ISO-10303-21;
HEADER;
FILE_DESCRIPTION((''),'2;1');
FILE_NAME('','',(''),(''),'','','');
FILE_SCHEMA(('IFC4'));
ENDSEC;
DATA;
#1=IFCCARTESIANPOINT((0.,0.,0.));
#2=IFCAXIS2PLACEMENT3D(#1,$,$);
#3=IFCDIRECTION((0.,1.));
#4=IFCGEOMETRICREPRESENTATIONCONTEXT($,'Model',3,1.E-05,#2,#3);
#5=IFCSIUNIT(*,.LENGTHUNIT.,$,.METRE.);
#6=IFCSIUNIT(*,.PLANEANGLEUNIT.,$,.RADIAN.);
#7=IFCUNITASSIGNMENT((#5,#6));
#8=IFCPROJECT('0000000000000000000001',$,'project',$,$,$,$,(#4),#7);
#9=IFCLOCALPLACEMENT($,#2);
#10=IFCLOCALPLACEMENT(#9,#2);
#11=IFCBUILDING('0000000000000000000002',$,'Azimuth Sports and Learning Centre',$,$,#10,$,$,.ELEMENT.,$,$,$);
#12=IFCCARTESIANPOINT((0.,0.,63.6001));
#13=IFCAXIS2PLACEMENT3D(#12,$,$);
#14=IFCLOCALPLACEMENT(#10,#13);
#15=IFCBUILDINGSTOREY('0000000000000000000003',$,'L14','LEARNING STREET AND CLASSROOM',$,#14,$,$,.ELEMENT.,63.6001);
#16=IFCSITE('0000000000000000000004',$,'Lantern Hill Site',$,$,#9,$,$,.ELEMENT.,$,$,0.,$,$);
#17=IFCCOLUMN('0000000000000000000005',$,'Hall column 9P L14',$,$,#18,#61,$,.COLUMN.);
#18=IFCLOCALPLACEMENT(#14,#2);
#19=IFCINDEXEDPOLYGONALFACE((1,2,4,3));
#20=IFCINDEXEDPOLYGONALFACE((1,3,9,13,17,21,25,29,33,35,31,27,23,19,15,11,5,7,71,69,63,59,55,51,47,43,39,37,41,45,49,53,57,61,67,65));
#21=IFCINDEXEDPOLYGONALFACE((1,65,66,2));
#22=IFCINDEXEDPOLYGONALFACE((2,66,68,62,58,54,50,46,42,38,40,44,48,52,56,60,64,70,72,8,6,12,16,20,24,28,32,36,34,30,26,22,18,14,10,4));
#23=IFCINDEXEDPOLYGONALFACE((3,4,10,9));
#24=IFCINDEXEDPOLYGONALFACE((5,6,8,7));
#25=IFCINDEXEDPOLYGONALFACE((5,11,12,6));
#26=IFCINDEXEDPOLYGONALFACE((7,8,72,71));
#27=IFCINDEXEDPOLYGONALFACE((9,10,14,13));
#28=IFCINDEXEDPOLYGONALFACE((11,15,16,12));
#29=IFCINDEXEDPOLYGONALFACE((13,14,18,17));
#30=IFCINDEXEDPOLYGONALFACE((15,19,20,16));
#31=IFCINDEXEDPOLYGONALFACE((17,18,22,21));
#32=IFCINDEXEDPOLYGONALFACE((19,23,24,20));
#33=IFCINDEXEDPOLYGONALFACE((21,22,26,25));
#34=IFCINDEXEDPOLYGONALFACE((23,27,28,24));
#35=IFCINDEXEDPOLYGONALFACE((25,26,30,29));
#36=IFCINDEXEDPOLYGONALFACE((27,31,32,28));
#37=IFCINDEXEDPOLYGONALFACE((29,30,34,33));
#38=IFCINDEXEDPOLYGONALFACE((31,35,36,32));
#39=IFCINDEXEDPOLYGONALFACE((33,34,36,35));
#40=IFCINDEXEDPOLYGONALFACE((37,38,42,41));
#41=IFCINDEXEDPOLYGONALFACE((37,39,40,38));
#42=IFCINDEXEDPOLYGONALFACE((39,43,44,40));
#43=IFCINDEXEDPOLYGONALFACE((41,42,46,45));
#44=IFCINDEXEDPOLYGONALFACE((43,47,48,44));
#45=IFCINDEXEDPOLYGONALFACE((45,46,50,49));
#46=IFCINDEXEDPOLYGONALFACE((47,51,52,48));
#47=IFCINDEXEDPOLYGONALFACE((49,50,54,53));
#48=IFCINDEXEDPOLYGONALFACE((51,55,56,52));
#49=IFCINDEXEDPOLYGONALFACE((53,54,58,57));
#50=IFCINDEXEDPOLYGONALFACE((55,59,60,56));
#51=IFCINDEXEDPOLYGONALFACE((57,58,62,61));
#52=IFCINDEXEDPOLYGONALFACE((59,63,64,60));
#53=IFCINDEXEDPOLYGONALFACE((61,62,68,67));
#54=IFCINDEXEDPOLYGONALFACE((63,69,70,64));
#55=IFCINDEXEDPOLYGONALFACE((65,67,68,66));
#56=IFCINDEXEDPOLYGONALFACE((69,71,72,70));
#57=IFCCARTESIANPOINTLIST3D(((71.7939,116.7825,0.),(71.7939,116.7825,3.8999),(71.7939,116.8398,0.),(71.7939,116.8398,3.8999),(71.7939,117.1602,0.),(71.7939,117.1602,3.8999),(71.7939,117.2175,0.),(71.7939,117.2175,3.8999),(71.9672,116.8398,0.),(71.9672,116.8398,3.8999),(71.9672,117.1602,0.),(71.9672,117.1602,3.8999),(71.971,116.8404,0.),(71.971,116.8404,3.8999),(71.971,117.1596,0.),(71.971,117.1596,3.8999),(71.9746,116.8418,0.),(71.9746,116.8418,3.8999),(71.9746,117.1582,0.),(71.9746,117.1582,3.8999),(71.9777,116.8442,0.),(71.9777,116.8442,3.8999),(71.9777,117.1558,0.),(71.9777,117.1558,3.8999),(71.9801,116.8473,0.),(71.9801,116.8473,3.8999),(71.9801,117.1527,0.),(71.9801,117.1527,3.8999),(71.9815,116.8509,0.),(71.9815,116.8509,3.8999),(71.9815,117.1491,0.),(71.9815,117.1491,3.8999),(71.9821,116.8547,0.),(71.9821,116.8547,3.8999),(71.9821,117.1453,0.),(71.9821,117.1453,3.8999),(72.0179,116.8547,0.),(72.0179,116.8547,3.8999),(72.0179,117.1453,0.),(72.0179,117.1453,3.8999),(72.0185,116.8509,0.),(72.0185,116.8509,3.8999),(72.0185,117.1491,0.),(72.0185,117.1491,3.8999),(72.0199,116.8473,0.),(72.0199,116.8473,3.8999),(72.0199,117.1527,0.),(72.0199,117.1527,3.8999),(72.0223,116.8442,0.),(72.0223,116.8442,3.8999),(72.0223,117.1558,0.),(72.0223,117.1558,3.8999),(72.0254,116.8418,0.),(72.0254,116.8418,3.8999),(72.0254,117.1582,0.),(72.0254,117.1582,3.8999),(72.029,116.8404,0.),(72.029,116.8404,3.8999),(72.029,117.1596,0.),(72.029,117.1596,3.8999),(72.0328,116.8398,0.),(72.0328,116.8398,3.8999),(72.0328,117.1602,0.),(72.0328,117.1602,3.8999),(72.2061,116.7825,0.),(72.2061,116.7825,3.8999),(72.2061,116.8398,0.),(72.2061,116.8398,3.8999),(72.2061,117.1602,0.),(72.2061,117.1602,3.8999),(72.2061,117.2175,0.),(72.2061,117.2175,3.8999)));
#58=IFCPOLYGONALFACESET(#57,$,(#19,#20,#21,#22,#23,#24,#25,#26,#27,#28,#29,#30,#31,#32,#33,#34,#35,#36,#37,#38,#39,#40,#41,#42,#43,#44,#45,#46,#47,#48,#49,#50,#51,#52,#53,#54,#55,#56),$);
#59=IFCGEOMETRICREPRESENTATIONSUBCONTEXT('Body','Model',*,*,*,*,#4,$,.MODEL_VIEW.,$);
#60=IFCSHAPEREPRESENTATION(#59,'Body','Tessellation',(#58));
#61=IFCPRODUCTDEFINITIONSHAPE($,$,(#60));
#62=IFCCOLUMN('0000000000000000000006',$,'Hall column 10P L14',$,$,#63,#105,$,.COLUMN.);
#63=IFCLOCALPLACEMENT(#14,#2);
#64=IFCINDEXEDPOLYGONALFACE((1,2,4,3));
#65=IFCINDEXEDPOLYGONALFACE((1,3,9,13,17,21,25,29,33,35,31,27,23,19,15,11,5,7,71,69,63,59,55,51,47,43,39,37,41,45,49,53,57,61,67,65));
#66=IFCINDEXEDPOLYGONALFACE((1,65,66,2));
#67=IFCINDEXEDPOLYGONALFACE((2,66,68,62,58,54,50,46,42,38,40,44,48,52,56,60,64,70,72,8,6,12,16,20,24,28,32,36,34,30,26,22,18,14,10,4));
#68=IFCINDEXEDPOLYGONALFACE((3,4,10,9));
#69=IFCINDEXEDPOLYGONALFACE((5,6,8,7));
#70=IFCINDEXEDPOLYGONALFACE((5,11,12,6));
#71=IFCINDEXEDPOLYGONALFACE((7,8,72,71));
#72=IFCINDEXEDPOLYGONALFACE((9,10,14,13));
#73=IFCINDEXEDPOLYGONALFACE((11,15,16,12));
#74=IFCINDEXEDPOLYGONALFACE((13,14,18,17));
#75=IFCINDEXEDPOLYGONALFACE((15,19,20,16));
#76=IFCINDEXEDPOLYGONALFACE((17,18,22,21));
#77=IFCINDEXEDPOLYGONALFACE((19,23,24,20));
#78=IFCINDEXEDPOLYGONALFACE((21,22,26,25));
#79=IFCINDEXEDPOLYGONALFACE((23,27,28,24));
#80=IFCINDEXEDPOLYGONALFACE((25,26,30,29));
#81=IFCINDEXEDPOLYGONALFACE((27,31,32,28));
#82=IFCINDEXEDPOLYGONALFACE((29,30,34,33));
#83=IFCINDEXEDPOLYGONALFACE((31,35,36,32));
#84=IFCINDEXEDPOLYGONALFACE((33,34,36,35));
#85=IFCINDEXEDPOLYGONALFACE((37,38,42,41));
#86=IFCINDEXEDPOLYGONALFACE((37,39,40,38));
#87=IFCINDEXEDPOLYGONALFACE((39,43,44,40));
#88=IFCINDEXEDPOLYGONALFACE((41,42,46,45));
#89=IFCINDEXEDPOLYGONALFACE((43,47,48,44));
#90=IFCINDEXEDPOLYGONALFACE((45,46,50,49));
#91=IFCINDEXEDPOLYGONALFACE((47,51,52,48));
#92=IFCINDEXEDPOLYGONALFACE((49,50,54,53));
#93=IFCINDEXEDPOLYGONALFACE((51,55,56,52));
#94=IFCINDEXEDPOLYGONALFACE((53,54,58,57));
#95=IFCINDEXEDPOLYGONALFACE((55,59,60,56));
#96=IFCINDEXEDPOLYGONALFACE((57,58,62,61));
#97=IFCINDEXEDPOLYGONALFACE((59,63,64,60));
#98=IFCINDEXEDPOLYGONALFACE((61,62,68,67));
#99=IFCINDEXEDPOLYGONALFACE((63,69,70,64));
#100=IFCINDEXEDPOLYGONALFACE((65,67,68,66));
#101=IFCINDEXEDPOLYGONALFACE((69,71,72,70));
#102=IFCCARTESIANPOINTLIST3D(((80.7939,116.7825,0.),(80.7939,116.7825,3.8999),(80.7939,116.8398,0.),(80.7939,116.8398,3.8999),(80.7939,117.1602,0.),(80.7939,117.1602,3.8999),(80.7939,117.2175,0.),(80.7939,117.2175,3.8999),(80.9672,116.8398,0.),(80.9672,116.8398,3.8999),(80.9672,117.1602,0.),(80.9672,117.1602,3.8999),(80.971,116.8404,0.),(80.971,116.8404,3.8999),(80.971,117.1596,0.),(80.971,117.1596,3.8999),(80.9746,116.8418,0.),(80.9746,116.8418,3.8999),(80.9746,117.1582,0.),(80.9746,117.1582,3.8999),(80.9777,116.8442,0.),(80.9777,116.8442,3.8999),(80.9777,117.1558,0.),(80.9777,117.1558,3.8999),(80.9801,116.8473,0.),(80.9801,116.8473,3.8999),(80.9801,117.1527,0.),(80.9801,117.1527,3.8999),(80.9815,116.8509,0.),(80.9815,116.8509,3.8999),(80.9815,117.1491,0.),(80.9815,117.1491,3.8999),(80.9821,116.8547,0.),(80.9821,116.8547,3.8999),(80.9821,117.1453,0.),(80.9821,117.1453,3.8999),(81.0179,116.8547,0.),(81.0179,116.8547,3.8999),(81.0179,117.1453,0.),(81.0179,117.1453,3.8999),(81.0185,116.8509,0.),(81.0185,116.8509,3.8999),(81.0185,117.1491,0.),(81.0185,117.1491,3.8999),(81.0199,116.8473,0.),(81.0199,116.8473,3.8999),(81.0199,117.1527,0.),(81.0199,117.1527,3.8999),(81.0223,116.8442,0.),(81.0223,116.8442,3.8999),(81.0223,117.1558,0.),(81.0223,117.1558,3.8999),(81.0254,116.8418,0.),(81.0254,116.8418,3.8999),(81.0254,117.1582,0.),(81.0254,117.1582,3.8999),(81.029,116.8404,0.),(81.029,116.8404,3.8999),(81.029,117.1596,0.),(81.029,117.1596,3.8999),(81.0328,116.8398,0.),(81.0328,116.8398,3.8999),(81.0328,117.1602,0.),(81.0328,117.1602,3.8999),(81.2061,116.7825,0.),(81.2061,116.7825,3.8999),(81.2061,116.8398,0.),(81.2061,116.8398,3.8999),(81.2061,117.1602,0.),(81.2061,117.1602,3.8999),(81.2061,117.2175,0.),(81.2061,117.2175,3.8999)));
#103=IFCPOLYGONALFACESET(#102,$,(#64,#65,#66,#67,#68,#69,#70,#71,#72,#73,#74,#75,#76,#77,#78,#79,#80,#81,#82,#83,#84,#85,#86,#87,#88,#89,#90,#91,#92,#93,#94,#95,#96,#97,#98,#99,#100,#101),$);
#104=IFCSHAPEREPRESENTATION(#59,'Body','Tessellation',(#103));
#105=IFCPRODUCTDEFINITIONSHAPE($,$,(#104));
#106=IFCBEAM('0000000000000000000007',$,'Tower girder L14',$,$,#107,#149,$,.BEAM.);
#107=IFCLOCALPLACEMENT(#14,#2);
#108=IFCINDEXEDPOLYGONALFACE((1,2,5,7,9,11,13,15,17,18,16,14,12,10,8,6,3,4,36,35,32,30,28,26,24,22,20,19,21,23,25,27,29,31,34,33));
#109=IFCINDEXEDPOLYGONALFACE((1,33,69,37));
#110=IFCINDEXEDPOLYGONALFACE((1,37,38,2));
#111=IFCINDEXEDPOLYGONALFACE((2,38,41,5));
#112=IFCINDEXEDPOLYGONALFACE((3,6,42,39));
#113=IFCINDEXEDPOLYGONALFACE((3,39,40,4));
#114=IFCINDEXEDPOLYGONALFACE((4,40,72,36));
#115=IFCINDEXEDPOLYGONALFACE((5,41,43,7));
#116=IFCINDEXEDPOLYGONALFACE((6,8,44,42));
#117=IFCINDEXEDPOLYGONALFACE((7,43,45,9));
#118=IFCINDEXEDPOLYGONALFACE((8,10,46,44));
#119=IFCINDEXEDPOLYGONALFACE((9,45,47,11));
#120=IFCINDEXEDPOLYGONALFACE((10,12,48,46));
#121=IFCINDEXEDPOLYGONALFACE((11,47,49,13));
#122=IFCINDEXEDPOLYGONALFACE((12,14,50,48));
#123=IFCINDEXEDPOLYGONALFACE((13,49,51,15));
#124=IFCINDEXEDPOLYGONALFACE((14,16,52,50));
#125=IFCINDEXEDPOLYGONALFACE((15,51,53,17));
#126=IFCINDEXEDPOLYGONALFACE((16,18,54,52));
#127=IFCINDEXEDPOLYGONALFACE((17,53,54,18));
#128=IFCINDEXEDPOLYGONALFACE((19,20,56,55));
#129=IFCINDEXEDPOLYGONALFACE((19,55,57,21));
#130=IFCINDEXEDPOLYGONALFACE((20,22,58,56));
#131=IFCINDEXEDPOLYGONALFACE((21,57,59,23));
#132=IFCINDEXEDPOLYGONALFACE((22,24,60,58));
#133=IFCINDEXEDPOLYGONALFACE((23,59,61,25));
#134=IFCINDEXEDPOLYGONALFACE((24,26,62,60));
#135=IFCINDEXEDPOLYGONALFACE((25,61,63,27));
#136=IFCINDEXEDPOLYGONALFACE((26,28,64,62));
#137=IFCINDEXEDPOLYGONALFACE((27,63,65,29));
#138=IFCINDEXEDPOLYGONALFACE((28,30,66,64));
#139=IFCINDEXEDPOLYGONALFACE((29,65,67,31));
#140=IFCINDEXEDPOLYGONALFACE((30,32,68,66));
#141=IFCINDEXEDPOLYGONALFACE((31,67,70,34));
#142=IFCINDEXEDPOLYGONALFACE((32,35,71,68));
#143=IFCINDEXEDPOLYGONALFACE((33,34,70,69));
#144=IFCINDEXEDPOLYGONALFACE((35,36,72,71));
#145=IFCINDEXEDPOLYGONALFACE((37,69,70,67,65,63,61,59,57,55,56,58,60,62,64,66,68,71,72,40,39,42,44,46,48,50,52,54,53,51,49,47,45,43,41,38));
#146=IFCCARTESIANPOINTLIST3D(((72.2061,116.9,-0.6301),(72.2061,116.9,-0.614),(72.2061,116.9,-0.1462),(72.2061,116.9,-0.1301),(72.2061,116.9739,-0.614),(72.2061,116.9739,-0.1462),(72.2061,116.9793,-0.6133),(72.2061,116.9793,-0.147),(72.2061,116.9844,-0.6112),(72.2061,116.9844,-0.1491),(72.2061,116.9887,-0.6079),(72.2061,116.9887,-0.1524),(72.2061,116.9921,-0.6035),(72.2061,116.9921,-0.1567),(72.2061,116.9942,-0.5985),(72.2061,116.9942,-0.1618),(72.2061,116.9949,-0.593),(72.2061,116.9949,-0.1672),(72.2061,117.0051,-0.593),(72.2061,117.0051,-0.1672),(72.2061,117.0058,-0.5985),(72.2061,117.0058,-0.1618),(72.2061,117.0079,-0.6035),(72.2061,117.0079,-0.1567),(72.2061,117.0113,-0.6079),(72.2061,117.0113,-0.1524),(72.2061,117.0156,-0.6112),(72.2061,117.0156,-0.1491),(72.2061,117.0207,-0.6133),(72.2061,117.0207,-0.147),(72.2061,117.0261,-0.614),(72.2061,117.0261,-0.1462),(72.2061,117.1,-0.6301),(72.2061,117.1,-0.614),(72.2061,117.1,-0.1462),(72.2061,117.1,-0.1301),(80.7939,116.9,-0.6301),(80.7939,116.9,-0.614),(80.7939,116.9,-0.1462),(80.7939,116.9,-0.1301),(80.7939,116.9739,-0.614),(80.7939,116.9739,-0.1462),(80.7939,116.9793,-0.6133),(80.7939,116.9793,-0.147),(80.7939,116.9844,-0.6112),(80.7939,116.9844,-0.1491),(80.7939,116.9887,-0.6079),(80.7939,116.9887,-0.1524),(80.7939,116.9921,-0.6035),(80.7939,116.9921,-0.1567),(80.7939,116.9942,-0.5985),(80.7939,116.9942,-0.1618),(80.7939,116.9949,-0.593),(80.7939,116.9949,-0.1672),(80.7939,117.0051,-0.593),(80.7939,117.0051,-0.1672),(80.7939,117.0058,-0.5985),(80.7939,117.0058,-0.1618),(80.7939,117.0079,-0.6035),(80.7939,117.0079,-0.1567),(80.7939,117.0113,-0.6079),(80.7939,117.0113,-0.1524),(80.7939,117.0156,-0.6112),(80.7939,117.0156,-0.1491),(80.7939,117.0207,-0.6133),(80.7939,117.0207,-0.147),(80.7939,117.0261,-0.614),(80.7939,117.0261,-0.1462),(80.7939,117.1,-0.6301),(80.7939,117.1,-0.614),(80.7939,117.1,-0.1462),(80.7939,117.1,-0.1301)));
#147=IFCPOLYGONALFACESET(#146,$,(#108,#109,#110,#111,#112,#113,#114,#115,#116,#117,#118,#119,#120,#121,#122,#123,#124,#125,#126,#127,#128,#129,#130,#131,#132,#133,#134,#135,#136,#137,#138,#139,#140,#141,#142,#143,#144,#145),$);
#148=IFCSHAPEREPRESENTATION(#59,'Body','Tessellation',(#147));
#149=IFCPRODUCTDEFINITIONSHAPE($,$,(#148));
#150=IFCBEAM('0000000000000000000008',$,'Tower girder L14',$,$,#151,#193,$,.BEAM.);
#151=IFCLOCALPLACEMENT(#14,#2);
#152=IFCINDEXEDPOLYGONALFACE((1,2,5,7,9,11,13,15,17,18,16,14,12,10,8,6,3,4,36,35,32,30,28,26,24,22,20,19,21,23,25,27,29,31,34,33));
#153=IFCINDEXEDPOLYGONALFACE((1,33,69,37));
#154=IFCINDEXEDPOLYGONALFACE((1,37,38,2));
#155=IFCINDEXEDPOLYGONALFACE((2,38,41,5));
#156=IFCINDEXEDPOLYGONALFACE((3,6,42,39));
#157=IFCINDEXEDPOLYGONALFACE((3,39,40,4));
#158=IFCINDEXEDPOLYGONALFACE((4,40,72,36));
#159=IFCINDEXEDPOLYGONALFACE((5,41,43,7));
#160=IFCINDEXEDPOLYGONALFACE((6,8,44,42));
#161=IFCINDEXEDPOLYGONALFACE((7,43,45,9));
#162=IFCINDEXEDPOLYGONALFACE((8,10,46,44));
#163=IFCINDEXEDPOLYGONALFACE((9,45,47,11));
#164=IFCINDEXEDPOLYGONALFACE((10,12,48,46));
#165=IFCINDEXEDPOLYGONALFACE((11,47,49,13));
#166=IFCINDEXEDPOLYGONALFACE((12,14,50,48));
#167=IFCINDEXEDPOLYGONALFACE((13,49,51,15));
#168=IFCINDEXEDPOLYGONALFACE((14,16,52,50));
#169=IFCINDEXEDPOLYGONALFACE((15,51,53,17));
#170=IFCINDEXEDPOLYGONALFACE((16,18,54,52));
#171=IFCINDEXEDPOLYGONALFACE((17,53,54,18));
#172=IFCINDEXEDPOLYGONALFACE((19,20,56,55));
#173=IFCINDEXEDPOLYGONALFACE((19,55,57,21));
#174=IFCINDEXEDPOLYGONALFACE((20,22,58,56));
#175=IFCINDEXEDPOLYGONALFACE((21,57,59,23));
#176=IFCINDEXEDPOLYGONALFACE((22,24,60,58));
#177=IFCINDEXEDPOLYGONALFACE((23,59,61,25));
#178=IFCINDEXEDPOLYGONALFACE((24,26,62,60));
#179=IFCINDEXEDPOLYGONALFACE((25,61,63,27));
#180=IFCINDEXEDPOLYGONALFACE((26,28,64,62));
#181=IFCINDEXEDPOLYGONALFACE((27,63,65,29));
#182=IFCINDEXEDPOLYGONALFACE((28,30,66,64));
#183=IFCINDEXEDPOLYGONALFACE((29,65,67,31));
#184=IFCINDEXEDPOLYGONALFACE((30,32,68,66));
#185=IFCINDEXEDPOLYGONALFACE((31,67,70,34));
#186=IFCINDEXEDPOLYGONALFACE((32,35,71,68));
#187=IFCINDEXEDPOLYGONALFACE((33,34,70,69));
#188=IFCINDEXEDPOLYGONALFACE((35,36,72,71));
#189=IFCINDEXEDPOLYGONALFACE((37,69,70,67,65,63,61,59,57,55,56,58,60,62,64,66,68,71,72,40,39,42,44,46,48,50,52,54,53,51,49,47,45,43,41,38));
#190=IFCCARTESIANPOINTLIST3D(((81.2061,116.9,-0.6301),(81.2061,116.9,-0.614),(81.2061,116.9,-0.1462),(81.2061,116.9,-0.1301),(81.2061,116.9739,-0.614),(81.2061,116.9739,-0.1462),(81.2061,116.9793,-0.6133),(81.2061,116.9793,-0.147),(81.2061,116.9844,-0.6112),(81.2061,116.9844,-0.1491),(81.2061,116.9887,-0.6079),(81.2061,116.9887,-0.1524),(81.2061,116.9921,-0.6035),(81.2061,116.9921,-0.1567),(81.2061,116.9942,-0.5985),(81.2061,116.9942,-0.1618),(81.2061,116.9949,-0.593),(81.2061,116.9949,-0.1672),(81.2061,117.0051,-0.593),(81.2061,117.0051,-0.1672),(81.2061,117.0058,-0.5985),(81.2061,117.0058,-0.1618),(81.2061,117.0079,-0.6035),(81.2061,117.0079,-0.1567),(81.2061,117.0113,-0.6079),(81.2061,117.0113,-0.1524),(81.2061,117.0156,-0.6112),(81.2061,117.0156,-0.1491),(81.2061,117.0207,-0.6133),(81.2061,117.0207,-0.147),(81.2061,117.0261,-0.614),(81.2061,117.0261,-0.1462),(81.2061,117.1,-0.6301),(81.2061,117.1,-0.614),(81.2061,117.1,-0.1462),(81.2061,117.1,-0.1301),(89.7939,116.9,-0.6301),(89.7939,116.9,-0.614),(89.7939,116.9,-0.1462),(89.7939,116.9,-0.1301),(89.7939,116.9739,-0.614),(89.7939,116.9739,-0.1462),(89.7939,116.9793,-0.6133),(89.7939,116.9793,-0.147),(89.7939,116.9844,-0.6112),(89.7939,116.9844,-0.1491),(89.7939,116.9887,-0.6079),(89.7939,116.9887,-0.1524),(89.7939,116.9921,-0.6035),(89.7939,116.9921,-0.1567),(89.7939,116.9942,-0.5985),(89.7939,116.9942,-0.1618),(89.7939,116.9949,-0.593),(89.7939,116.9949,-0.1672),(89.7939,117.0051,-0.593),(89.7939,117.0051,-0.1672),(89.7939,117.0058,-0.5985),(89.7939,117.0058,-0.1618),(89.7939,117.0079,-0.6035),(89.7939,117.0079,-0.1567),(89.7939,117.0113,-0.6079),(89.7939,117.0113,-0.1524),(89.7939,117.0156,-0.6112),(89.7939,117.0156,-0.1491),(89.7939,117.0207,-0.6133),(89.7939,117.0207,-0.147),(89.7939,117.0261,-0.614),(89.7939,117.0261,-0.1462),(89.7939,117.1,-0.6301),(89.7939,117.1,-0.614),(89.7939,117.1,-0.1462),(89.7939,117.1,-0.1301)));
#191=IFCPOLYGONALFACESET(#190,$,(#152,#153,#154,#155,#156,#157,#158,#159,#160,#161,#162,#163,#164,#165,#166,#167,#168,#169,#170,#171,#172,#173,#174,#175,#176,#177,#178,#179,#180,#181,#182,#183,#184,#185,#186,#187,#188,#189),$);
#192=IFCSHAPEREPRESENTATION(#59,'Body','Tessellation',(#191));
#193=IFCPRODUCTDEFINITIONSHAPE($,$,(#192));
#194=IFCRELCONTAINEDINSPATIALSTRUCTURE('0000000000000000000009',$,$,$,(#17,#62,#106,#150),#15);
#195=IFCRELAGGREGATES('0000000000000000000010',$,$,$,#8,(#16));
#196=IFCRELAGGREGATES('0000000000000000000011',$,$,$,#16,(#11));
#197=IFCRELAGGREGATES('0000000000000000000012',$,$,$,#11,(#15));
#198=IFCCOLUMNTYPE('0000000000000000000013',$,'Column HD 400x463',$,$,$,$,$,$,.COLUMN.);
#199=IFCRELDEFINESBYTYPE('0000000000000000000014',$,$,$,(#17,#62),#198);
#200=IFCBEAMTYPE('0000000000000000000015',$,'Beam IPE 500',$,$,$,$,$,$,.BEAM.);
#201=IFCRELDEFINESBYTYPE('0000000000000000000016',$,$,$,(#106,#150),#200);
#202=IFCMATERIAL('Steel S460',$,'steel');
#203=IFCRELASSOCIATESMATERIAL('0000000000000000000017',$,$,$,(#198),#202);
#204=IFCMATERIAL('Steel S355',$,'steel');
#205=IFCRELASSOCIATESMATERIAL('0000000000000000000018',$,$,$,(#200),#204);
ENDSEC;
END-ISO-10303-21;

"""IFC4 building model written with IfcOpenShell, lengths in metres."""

from ifc_helpers import new_model, si_unit, direction, frame, origin, origin_2d, place, context, subcontext, project, spatial, i_section, extrude, material, material_profile, profile_set, type_object, element, save


model = new_model("IFC4")

# Units and contexts
model_context = context("Model", 3, precision=1e-05, world=origin(), true_north=direction((0.0, 1.0)))
body_context = subcontext(model_context, "Body", "Model", "MODEL_VIEW")
ifc_project = project(units=[si_unit("LENGTHUNIT", "METRE"), si_unit("PLANEANGLEUNIT", "RADIAN")], contexts=[model_context])

# Site, building, storey
site_placement = place(None, origin())
site = spatial("IfcSite", under=ifc_project, at=site_placement, Name="Lantern Hill Site", CompositionType="ELEMENT", RefElevation=0.0)
building_placement = place(site_placement, origin())
building = spatial("IfcBuilding", under=site, at=building_placement, Name="Azimuth Sports and Learning Centre", CompositionType="ELEMENT")
storey_placement = place(building_placement, frame((0.0, 0.0, 63.6001)))
storey = spatial("IfcBuildingStorey", under=building, at=storey_placement, Name="L14", Description="LEARNING STREET AND CLASSROOM", CompositionType="ELEMENT", Elevation=63.6001)

# Columns
ifc_material_1 = material(Name="Steel S460", Category="steel")
ifc_material_profile_1 = material_profile(ifc_material_1, i_section(OverallWidth=0.4121, OverallDepth=0.4351, WebThickness=0.0359, FlangeThickness=0.0574, FilletRadius=0.0149, at=origin_2d()), Name="HD 400x463")
ifc_profile_set_1 = profile_set([ifc_material_profile_1], Name="Steel S460")
column_type = type_object("IfcColumnType", Name="Column HD 400x463", PredefinedType="COLUMN", material=ifc_profile_set_1)
for number, where, z_axis, x_axis, name in (
    (1, (72.0, 117.0, 0.0), (0.0, 0.0, 1.0), (1.0, 0.0, 0.0), "Hall column 9P L14"),
    (2, (81.0, 117.0, 0.0), (0.0, 0.0, 1.0), (1.0, 0.0, 0.0), "Hall column 10P L14"),
):
    element("IfcColumn", number, at=place(storey_placement, frame(where, z_axis=z_axis, x_axis=x_axis)), inside=storey, type_object=column_type, Name=name, PredefinedType="COLUMN", context=body_context, shape_type="SweptSolid", body=[
        extrude(i_section(OverallWidth=0.4121, OverallDepth=0.4351, WebThickness=0.0359, FlangeThickness=0.0574, FilletRadius=0.0149, at=origin_2d()), origin(), (0.0, 0.0, 1.0), 3.8999),
    ])

# Beams
ifc_material_2 = material(Name="Steel S355", Category="steel")
ifc_material_profile_2 = material_profile(ifc_material_2, i_section(OverallWidth=0.2, OverallDepth=0.5, WebThickness=0.0103, FlangeThickness=0.0161, FilletRadius=0.021, at=origin_2d()), Name="IPE 500")
ifc_profile_set_2 = profile_set([ifc_material_profile_2], Name="Steel S355")
beam_type_1 = type_object("IfcBeamType", Name="Beam IPE 500", PredefinedType="BEAM", material=ifc_profile_set_2)
for number, where, z_axis, x_axis, name in (
    (3, (72.2061, 117.0, -0.3801), (1.0, 0.0, 0.0), (0.0, 1.0, 0.0), "Tower girder L14"),
    (4, (81.2061, 117.0, -0.3801), (1.0, 0.0, 0.0), (0.0, 1.0, 0.0), "Tower girder L14"),
):
    element("IfcBeam", number, at=place(storey_placement, frame(where, z_axis=z_axis, x_axis=x_axis)), inside=storey, type_object=beam_type_1, Name=name, PredefinedType="BEAM", context=body_context, shape_type="SweptSolid", body=[
        extrude(i_section(OverallWidth=0.2, OverallDepth=0.5, WebThickness=0.0103, FlangeThickness=0.0161, FilletRadius=0.021, at=origin_2d()), origin(), (0.0, 0.0, 1.0), 8.5879),
    ])

save(model, "model.ifc")
